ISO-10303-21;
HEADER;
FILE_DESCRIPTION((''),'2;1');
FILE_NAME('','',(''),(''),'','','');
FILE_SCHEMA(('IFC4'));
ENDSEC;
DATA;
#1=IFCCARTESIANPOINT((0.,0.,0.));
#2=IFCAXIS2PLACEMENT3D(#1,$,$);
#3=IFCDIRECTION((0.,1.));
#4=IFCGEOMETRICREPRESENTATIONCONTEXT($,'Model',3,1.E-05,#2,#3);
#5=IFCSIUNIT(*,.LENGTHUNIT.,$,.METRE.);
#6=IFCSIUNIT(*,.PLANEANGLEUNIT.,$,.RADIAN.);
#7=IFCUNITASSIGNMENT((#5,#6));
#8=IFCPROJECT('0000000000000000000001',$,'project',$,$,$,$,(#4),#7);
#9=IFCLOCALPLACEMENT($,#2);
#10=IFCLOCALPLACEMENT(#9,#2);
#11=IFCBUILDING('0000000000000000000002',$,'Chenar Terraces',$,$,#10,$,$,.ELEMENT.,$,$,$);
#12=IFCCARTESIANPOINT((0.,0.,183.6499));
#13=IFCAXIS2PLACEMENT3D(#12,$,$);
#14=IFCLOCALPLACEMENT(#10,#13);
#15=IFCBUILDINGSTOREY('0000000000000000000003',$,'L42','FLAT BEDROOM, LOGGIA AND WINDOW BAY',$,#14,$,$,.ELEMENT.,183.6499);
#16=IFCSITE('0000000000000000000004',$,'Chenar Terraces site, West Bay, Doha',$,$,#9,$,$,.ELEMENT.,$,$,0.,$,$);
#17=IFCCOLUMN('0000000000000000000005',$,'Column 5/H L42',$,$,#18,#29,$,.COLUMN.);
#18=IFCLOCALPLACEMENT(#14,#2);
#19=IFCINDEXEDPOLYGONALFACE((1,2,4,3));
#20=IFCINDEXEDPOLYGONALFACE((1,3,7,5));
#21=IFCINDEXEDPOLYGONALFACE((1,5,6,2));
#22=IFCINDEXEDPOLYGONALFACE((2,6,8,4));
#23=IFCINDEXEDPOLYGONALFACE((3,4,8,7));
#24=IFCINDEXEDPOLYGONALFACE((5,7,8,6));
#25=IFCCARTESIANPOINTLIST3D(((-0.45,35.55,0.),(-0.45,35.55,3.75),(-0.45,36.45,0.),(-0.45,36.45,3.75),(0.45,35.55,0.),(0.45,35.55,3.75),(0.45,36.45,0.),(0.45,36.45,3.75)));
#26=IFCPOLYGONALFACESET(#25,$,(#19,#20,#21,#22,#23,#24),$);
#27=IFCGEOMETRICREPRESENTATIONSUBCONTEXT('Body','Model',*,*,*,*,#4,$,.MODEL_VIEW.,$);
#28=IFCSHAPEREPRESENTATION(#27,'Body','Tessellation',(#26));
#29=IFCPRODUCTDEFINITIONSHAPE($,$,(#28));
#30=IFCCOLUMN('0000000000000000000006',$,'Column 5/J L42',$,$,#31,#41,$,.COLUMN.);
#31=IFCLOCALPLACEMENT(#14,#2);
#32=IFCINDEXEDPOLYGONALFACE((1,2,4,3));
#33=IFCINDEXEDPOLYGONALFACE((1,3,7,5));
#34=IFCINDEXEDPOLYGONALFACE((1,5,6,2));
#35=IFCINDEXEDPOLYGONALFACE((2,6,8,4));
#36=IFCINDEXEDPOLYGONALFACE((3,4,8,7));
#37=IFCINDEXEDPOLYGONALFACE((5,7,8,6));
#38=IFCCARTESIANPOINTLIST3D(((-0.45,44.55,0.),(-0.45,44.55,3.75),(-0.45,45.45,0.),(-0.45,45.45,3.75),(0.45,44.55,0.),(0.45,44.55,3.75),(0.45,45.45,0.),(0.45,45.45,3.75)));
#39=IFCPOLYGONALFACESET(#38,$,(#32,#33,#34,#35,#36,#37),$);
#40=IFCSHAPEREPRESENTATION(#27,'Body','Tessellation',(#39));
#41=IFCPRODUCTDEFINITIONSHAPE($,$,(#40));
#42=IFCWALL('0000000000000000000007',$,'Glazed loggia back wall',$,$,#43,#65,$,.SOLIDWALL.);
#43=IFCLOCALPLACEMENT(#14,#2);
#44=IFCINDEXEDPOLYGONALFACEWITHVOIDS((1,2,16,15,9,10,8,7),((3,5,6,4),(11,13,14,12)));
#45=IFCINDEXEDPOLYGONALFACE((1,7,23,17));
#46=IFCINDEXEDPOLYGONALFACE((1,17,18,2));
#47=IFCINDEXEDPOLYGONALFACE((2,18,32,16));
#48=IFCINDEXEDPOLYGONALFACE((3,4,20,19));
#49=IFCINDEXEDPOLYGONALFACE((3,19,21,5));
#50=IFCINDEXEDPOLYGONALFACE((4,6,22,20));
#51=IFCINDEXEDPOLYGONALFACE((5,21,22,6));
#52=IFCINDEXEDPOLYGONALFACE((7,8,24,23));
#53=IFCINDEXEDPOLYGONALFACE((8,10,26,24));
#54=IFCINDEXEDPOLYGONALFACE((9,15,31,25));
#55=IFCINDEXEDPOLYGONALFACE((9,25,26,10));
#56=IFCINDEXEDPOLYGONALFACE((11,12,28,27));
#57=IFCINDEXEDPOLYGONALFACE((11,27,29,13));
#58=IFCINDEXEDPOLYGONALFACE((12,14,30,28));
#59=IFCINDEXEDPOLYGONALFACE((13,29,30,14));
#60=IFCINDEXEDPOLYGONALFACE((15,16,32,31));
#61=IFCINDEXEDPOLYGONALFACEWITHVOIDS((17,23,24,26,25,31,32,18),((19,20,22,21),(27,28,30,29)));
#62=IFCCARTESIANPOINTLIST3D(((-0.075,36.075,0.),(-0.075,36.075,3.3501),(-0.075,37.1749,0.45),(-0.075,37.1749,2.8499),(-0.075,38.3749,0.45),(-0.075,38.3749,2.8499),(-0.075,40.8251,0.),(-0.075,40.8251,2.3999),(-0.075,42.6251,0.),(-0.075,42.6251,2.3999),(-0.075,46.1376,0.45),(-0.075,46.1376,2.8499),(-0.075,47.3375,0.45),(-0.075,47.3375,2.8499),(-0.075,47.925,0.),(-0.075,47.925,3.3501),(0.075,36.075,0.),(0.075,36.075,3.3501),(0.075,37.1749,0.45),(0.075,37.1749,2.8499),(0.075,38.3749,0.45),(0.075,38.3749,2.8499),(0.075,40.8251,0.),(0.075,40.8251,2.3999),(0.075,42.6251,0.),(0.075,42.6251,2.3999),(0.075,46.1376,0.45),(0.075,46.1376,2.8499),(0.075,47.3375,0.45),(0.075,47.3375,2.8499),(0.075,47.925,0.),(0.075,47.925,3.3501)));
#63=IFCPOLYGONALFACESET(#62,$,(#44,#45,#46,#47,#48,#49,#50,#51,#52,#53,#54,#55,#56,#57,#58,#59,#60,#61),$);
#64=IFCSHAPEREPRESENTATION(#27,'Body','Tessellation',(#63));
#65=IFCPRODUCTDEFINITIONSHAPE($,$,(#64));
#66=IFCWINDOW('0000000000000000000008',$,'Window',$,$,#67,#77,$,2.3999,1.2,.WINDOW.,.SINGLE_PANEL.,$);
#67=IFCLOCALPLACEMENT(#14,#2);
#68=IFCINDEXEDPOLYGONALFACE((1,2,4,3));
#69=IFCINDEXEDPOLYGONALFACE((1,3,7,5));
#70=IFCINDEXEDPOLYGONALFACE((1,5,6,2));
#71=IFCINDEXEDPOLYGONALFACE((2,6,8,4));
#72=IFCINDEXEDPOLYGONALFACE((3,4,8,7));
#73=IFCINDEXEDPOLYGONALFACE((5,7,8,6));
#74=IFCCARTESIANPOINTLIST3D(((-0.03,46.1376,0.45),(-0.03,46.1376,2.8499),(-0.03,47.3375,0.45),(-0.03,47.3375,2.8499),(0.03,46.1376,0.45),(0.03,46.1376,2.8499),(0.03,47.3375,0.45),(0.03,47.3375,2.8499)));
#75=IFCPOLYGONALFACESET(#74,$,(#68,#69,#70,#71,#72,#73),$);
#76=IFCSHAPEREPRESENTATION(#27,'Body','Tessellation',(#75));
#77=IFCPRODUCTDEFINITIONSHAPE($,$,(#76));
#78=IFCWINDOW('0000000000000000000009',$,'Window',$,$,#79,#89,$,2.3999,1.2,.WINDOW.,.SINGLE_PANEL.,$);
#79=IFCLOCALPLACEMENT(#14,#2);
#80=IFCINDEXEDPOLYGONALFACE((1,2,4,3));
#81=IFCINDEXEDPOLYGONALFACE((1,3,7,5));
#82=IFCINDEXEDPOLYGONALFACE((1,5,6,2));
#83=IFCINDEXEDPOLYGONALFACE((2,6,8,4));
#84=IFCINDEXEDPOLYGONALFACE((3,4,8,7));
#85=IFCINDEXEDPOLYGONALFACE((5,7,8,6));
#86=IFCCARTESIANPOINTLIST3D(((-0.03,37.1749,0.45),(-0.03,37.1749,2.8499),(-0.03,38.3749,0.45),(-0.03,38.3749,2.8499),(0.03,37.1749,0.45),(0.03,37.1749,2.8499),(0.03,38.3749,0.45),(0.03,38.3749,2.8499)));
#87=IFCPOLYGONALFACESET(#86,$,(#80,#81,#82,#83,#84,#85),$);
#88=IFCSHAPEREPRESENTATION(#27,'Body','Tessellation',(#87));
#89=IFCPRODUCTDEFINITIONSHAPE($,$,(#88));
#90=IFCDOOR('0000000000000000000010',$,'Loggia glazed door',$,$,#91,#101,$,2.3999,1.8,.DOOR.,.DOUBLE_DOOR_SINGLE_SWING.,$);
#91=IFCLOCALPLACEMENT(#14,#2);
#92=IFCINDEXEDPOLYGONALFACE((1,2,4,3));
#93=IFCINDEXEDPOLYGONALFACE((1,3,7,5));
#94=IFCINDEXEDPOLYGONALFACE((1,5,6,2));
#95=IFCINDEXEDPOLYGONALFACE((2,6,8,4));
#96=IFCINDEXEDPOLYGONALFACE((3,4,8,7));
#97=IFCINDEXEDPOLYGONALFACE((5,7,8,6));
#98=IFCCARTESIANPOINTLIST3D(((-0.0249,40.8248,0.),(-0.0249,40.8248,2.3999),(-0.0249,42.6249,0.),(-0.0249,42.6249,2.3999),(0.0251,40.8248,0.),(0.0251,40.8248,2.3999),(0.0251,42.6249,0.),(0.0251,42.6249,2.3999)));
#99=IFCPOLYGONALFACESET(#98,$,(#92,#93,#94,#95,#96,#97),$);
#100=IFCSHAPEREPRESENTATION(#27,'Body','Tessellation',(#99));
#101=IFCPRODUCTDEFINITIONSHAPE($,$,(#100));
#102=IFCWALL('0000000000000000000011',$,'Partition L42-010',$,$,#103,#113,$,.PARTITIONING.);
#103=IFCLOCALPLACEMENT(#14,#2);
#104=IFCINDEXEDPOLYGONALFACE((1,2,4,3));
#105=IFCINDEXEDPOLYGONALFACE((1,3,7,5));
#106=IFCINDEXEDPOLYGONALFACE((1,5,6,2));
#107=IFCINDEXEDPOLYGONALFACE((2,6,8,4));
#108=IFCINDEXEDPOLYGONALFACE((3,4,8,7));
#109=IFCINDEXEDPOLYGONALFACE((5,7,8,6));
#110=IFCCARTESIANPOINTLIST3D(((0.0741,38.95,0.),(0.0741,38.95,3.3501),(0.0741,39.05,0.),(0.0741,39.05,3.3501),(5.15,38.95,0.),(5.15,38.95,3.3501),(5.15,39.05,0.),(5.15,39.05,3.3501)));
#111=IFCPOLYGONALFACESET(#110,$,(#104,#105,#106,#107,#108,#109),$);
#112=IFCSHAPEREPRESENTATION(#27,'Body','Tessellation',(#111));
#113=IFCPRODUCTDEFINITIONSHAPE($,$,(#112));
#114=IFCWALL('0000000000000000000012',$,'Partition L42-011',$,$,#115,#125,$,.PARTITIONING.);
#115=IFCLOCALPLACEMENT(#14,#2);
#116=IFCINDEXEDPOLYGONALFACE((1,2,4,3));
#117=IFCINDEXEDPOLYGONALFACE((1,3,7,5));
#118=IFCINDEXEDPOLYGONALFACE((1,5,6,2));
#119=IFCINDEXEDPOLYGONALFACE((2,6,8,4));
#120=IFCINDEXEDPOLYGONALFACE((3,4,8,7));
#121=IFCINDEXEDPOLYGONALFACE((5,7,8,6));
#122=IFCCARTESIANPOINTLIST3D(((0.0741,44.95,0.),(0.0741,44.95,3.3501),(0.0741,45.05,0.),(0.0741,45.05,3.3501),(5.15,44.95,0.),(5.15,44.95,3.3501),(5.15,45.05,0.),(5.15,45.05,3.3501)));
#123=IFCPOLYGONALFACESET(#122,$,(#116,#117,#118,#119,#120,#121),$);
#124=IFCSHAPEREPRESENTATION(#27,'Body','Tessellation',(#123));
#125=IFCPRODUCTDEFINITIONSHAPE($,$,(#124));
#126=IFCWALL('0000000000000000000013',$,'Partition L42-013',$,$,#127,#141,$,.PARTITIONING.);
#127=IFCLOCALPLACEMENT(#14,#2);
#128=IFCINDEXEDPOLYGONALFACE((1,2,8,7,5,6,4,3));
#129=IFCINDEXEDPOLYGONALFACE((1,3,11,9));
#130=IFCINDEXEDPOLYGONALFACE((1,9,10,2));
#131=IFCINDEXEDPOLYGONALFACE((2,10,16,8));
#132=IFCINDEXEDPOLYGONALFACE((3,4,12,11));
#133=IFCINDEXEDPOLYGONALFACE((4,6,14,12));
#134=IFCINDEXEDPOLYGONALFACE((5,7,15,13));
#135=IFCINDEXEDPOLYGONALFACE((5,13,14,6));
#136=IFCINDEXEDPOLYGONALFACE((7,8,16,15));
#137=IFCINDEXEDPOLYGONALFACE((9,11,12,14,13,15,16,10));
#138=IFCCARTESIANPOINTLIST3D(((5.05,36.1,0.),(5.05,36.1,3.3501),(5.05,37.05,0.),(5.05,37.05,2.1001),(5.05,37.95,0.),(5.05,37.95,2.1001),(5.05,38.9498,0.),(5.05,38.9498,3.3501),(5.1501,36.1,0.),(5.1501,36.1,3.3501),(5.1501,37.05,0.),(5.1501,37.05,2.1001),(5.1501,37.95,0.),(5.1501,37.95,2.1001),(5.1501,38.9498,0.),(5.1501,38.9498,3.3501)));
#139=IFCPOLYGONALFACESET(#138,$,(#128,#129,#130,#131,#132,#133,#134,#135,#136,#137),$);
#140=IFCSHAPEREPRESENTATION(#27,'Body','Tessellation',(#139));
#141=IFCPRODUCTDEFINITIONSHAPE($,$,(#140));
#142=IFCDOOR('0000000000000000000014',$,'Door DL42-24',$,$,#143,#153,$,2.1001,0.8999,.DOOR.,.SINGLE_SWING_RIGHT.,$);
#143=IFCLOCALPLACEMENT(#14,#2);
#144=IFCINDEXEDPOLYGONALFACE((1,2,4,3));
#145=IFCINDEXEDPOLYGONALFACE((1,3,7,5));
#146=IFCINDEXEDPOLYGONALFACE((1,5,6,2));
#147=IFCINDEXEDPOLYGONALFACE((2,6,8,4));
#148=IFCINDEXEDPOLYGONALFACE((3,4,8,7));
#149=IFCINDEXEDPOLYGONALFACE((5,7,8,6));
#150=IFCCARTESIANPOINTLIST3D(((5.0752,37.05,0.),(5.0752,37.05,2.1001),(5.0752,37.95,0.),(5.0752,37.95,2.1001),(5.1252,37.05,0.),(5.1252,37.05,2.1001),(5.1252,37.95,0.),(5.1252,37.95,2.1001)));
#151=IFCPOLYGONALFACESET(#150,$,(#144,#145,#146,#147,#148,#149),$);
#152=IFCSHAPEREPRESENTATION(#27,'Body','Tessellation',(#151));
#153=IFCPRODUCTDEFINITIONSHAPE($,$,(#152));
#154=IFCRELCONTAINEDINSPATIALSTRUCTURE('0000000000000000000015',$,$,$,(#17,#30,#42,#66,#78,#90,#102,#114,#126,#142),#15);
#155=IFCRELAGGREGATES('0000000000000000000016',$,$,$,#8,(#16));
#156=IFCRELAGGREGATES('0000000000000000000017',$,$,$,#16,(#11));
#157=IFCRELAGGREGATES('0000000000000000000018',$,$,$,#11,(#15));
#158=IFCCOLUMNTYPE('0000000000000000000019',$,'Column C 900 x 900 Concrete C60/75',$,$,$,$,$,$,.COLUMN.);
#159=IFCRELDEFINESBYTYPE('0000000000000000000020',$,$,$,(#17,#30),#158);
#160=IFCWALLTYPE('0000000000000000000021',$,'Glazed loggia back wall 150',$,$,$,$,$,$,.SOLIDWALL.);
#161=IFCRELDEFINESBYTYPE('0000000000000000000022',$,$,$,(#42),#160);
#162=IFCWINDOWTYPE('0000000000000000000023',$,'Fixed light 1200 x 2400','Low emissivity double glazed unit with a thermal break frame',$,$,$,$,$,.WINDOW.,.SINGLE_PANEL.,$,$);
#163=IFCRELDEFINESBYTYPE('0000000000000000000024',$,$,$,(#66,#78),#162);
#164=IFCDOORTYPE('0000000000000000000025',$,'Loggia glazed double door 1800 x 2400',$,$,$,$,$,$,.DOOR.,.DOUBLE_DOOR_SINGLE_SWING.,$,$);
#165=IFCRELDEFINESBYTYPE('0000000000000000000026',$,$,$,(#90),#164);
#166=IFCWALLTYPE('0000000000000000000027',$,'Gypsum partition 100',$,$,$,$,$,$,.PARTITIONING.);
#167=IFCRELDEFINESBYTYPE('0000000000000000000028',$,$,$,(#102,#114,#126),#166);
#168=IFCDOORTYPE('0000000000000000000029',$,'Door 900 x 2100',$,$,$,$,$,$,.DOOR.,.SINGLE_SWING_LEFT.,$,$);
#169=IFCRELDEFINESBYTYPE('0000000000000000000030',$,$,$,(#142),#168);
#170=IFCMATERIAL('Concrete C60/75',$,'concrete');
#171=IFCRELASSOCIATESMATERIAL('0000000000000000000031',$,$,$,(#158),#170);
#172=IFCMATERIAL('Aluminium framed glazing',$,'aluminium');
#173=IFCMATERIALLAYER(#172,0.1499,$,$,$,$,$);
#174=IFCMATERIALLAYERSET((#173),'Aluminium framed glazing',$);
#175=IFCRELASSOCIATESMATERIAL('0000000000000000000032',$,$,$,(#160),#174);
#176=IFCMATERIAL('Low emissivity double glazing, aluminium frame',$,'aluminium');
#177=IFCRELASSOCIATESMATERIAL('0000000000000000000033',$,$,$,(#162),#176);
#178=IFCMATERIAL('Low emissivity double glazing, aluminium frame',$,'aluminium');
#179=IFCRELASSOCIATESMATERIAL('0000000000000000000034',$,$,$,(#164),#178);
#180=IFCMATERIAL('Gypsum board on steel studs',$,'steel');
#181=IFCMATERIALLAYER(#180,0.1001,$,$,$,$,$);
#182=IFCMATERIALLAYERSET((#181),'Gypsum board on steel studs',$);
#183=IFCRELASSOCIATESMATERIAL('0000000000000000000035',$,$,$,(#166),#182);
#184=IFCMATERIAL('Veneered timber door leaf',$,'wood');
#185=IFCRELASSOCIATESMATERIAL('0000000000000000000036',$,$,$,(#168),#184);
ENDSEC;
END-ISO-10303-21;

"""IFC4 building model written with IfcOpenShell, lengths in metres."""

from ifc_helpers import new_model, si_unit, direction, frame, frame_2d, origin, origin_2d, place, context, subcontext, project, spatial, rectangle, extrude, material, layer, layer_set, material_profile, profile_set, type_object, element, fill, save


model = new_model("IFC4")

# Units and contexts
model_context = context("Model", 3, precision=1e-05, world=origin(), true_north=direction((0.0, 1.0)))
body_context = subcontext(model_context, "Body", "Model", "MODEL_VIEW")
ifc_project = project(units=[si_unit("LENGTHUNIT", "METRE"), si_unit("PLANEANGLEUNIT", "RADIAN")], contexts=[model_context])

# Site, building, storey
site_placement = place(None, origin())
site = spatial("IfcSite", under=ifc_project, at=site_placement, Name="Chenar Terraces site, West Bay, Doha", CompositionType="ELEMENT", RefElevation=0.0)
building_placement = place(site_placement, origin())
building = spatial("IfcBuilding", under=site, at=building_placement, Name="Chenar Terraces", CompositionType="ELEMENT")
storey_placement = place(building_placement, frame((0.0, 0.0, 183.6499)))
storey = spatial("IfcBuildingStorey", under=building, at=storey_placement, Name="L42", Description="FLAT BEDROOM, LOGGIA AND WINDOW BAY", CompositionType="ELEMENT", Elevation=183.6499)

# Columns
ifc_material_1 = material(Name="Concrete C60/75", Category="concrete")
ifc_material_profile = material_profile(ifc_material_1, rectangle(XDim=0.8999, YDim=0.8999, at=origin_2d()), Name="C 900 x 900")
ifc_profile_set = profile_set([ifc_material_profile], Name="Concrete C60/75")
column_type = type_object("IfcColumnType", Name="Column C 900 x 900 Concrete C60/75", PredefinedType="COLUMN", material=ifc_profile_set)
placement = place(storey_placement, frame((0.0, 36.0, 0.0), z_axis=(0.0, 0.0, 1.0), x_axis=(1.0, 0.0, 0.0)))
element("IfcColumn", 1, at=placement, inside=storey, type_object=column_type, Name="Column 5/H L42", PredefinedType="COLUMN", context=body_context, shape_type="SweptSolid", body=[
    extrude(rectangle(XDim=0.8999, YDim=0.8999, at=origin_2d()), origin(), (0.0, 0.0, 1.0), 3.75),
])
column_1_placement = place(storey_placement, frame((0.0, 45.0, 0.0), z_axis=(0.0, 0.0, 1.0), x_axis=(1.0, 0.0, 0.0)))
element("IfcColumn", 2, at=column_1_placement, inside=storey, type_object=column_type, Name="Column 5/J L42", PredefinedType="COLUMN", context=body_context, shape_type="SweptSolid", body=[
    extrude(rectangle(XDim=0.8999, YDim=0.8999, at=origin_2d()), origin(), (0.0, 0.0, 1.0), 3.75),
])

# Wall, openings, windows, door
ifc_material_2 = material(Name="Aluminium framed glazing", Category="aluminium")
ifc_layer_1 = layer(ifc_material_2, 0.1499)
ifc_layer_set_1 = layer_set([ifc_layer_1], Name="Aluminium framed glazing")
wall_type_1 = type_object("IfcWallType", Name="Glazed loggia back wall 150", PredefinedType="SOLIDWALL", material=ifc_layer_set_1)
wall_1_placement = place(storey_placement, frame((0.0, 47.925, 0.0), z_axis=(0.0, 0.0, 1.0), x_axis=(0.0, -1.0, 0.0)))
wall_1 = element("IfcWall", 3, at=wall_1_placement, inside=storey, type_object=wall_type_1, Name="Glazed loggia back wall", PredefinedType="SOLIDWALL", context=body_context, shape_type="SweptSolid", body=[
    extrude(rectangle(XDim=11.8501, YDim=0.1499, at=frame_2d((5.925, 0.0))), origin(), (0.0, 0.0, 1.0), 3.3501),
])
opening_1_placement = place(wall_1_placement, frame((0.5874, 0.0, 0.45)))
opening_1 = element("IfcOpeningElement", 4, at=opening_1_placement, cuts=wall_1, PredefinedType="OPENING", context=body_context, shape_type="SweptSolid", body=[
    extrude(rectangle(XDim=1.2, YDim=2.3999, at=frame_2d((0.6001, 1.2))), frame((0.0, 0.085, 0.0), z_axis=(0.0, -1.0, 0.0), x_axis=(1.0, 0.0, 0.0)), (0.0, 0.0, 1.0), 0.1699),
])
opening_2_placement = place(wall_1_placement, frame((5.3, 0.0, 0.0)))
opening_2 = element("IfcOpeningElement", 5, at=opening_2_placement, cuts=wall_1, PredefinedType="OPENING", context=body_context, shape_type="SweptSolid", body=[
    extrude(rectangle(XDim=1.8, YDim=2.3999, at=frame_2d((0.8999, 1.2))), frame((0.0, 0.085, 0.0), z_axis=(0.0, -1.0, 0.0), x_axis=(1.0, 0.0, 0.0)), (0.0, 0.0, 1.0), 0.1699),
])
opening_3_placement = place(wall_1_placement, frame((9.55, 0.0, 0.45)))
opening_3 = element("IfcOpeningElement", 6, at=opening_3_placement, cuts=wall_1, PredefinedType="OPENING", context=body_context, shape_type="SweptSolid", body=[
    extrude(rectangle(XDim=1.2, YDim=2.3999, at=frame_2d((0.6001, 1.2))), frame((0.0, 0.085, 0.0), z_axis=(0.0, -1.0, 0.0), x_axis=(1.0, 0.0, 0.0)), (0.0, 0.0, 1.0), 0.1699),
])
ifc_material_3 = material(Name="Low emissivity double glazing, aluminium frame", Category="aluminium")
window_type = type_object("IfcWindowType", Name="Fixed light 1200 x 2400", Description="Low emissivity double glazed unit with a thermal break frame", PartitioningType="SINGLE_PANEL", PredefinedType="WINDOW", material=ifc_material_3)
window_1_placement = place(opening_1_placement, origin())
window_1 = element("IfcWindow", 7, at=window_1_placement, inside=storey, type_object=window_type, Name="Window", OverallHeight=2.3999, OverallWidth=1.2, PartitioningType="SINGLE_PANEL", PredefinedType="WINDOW", context=body_context, shape_type="SweptSolid", body=[
    extrude(rectangle(XDim=1.2, YDim=2.3999, at=frame_2d((0.6001, 1.2))), frame((0.0, 0.03, 0.0), z_axis=(0.0, -1.0, 0.0), x_axis=(1.0, 0.0, 0.0)), (0.0, 0.0, 1.0), 0.0601),
])
fill(opening_1, window_1)
window_2_placement = place(opening_3_placement, origin())
window_2 = element("IfcWindow", 8, at=window_2_placement, inside=storey, type_object=window_type, Name="Window", OverallHeight=2.3999, OverallWidth=1.2, PartitioningType="SINGLE_PANEL", PredefinedType="WINDOW", context=body_context, shape_type="SweptSolid", body=[
    extrude(rectangle(XDim=1.2, YDim=2.3999, at=frame_2d((0.6001, 1.2))), frame((0.0, 0.03, 0.0), z_axis=(0.0, -1.0, 0.0), x_axis=(1.0, 0.0, 0.0)), (0.0, 0.0, 1.0), 0.0601),
])
fill(opening_3, window_2)
ifc_material_4 = material(Name="Low emissivity double glazing, aluminium frame", Category="aluminium")
door_type_1 = type_object("IfcDoorType", Name="Loggia glazed double door 1800 x 2400", OperationType="DOUBLE_DOOR_SINGLE_SWING", PredefinedType="DOOR", material=ifc_material_4)
door_1_placement = place(opening_2_placement, frame((1.8, 0.0, 0.0), z_axis=(0.0, 0.0, 1.0), x_axis=(-1.0, 0.0, 0.0)))
door_1 = element("IfcDoor", 9, at=door_1_placement, inside=storey, type_object=door_type_1, Name="Loggia glazed door", OperationType="DOUBLE_DOOR_SINGLE_SWING", OverallHeight=2.3999, OverallWidth=1.8, PredefinedType="DOOR", context=body_context, shape_type="SweptSolid", body=[
    extrude(rectangle(XDim=1.8, YDim=2.3999, at=frame_2d((0.8999, 1.2))), frame((0.0, 0.0249, 0.0), z_axis=(0.0, -1.0, 0.0), x_axis=(1.0, 0.0, 0.0)), (0.0, 0.0, 1.0), 0.05),
])
fill(opening_2, door_1)

# Walls
ifc_material_5 = material(Name="Gypsum board on steel studs", Category="steel")
ifc_layer_2 = layer(ifc_material_5, 0.1001)
ifc_layer_set_2 = layer_set([ifc_layer_2], Name="Gypsum board on steel studs")
wall_type_2 = type_object("IfcWallType", Name="Gypsum partition 100", PredefinedType="PARTITIONING", material=ifc_layer_set_2)
for number, where, z_axis, x_axis, name in (
    (10, (0.074, 39.0, 0.0), (0.0, 0.0, 1.0), (1.0, 0.0, 0.0), "Partition L42-010"),
    (11, (0.074, 45.0, 0.0), (0.0, 0.0, 1.0), (1.0, 0.0, 0.0), "Partition L42-011"),
):
    element("IfcWall", number, at=place(storey_placement, frame(where, z_axis=z_axis, x_axis=x_axis)), inside=storey, type_object=wall_type_2, Name=name, PredefinedType="PARTITIONING", context=body_context, shape_type="SweptSolid", body=[
        extrude(rectangle(XDim=5.0759, YDim=0.1001, at=frame_2d((2.5381, 0.0))), origin(), (0.0, 0.0, 1.0), 3.3501),
    ])

# Wall, opening, door
wall_2_placement = place(storey_placement, frame((5.1001, 36.1001, 0.0), z_axis=(0.0, 0.0, 1.0), x_axis=(0.0, 1.0, 0.0)))
wall_2 = element("IfcWall", 12, at=wall_2_placement, inside=storey, type_object=wall_type_2, Name="Partition L42-013", PredefinedType="PARTITIONING", context=body_context, shape_type="SweptSolid", body=[
    extrude(rectangle(XDim=2.8499, YDim=0.1001, at=frame_2d((1.4248, 0.0))), origin(), (0.0, 0.0, 1.0), 3.3501),
])
opening_4_placement = place(wall_2_placement, frame((0.95, 0.0, 0.0)))
opening_4 = element("IfcOpeningElement", 13, at=opening_4_placement, cuts=wall_2, PredefinedType="OPENING", context=body_context, shape_type="SweptSolid", body=[
    extrude(rectangle(XDim=0.8999, YDim=2.1001, at=frame_2d((0.45, 1.05))), frame((0.0, 0.0601, 0.0), z_axis=(0.0, -1.0, 0.0), x_axis=(1.0, 0.0, 0.0)), (0.0, 0.0, 1.0), 0.1201),
])
ifc_material_6 = material(Name="Veneered timber door leaf", Category="wood")
door_type_2 = type_object("IfcDoorType", Name="Door 900 x 2100", OperationType="SINGLE_SWING_LEFT", PredefinedType="DOOR", material=ifc_material_6)
door_2_placement = place(opening_4_placement, origin())
door_2 = element("IfcDoor", 14, at=door_2_placement, inside=storey, type_object=door_type_2, Name="Door DL42-24", OperationType="SINGLE_SWING_RIGHT", OverallHeight=2.1001, OverallWidth=0.8999, PredefinedType="DOOR", context=body_context, shape_type="SweptSolid", body=[
    extrude(rectangle(XDim=0.8999, YDim=2.1001, at=frame_2d((0.45, 1.05))), frame((0.0, 0.0249, 0.0), z_axis=(0.0, -1.0, 0.0), x_axis=(1.0, 0.0, 0.0)), (0.0, 0.0, 1.0), 0.05),
])
fill(opening_4, door_2)

save(model, "model.ifc")
